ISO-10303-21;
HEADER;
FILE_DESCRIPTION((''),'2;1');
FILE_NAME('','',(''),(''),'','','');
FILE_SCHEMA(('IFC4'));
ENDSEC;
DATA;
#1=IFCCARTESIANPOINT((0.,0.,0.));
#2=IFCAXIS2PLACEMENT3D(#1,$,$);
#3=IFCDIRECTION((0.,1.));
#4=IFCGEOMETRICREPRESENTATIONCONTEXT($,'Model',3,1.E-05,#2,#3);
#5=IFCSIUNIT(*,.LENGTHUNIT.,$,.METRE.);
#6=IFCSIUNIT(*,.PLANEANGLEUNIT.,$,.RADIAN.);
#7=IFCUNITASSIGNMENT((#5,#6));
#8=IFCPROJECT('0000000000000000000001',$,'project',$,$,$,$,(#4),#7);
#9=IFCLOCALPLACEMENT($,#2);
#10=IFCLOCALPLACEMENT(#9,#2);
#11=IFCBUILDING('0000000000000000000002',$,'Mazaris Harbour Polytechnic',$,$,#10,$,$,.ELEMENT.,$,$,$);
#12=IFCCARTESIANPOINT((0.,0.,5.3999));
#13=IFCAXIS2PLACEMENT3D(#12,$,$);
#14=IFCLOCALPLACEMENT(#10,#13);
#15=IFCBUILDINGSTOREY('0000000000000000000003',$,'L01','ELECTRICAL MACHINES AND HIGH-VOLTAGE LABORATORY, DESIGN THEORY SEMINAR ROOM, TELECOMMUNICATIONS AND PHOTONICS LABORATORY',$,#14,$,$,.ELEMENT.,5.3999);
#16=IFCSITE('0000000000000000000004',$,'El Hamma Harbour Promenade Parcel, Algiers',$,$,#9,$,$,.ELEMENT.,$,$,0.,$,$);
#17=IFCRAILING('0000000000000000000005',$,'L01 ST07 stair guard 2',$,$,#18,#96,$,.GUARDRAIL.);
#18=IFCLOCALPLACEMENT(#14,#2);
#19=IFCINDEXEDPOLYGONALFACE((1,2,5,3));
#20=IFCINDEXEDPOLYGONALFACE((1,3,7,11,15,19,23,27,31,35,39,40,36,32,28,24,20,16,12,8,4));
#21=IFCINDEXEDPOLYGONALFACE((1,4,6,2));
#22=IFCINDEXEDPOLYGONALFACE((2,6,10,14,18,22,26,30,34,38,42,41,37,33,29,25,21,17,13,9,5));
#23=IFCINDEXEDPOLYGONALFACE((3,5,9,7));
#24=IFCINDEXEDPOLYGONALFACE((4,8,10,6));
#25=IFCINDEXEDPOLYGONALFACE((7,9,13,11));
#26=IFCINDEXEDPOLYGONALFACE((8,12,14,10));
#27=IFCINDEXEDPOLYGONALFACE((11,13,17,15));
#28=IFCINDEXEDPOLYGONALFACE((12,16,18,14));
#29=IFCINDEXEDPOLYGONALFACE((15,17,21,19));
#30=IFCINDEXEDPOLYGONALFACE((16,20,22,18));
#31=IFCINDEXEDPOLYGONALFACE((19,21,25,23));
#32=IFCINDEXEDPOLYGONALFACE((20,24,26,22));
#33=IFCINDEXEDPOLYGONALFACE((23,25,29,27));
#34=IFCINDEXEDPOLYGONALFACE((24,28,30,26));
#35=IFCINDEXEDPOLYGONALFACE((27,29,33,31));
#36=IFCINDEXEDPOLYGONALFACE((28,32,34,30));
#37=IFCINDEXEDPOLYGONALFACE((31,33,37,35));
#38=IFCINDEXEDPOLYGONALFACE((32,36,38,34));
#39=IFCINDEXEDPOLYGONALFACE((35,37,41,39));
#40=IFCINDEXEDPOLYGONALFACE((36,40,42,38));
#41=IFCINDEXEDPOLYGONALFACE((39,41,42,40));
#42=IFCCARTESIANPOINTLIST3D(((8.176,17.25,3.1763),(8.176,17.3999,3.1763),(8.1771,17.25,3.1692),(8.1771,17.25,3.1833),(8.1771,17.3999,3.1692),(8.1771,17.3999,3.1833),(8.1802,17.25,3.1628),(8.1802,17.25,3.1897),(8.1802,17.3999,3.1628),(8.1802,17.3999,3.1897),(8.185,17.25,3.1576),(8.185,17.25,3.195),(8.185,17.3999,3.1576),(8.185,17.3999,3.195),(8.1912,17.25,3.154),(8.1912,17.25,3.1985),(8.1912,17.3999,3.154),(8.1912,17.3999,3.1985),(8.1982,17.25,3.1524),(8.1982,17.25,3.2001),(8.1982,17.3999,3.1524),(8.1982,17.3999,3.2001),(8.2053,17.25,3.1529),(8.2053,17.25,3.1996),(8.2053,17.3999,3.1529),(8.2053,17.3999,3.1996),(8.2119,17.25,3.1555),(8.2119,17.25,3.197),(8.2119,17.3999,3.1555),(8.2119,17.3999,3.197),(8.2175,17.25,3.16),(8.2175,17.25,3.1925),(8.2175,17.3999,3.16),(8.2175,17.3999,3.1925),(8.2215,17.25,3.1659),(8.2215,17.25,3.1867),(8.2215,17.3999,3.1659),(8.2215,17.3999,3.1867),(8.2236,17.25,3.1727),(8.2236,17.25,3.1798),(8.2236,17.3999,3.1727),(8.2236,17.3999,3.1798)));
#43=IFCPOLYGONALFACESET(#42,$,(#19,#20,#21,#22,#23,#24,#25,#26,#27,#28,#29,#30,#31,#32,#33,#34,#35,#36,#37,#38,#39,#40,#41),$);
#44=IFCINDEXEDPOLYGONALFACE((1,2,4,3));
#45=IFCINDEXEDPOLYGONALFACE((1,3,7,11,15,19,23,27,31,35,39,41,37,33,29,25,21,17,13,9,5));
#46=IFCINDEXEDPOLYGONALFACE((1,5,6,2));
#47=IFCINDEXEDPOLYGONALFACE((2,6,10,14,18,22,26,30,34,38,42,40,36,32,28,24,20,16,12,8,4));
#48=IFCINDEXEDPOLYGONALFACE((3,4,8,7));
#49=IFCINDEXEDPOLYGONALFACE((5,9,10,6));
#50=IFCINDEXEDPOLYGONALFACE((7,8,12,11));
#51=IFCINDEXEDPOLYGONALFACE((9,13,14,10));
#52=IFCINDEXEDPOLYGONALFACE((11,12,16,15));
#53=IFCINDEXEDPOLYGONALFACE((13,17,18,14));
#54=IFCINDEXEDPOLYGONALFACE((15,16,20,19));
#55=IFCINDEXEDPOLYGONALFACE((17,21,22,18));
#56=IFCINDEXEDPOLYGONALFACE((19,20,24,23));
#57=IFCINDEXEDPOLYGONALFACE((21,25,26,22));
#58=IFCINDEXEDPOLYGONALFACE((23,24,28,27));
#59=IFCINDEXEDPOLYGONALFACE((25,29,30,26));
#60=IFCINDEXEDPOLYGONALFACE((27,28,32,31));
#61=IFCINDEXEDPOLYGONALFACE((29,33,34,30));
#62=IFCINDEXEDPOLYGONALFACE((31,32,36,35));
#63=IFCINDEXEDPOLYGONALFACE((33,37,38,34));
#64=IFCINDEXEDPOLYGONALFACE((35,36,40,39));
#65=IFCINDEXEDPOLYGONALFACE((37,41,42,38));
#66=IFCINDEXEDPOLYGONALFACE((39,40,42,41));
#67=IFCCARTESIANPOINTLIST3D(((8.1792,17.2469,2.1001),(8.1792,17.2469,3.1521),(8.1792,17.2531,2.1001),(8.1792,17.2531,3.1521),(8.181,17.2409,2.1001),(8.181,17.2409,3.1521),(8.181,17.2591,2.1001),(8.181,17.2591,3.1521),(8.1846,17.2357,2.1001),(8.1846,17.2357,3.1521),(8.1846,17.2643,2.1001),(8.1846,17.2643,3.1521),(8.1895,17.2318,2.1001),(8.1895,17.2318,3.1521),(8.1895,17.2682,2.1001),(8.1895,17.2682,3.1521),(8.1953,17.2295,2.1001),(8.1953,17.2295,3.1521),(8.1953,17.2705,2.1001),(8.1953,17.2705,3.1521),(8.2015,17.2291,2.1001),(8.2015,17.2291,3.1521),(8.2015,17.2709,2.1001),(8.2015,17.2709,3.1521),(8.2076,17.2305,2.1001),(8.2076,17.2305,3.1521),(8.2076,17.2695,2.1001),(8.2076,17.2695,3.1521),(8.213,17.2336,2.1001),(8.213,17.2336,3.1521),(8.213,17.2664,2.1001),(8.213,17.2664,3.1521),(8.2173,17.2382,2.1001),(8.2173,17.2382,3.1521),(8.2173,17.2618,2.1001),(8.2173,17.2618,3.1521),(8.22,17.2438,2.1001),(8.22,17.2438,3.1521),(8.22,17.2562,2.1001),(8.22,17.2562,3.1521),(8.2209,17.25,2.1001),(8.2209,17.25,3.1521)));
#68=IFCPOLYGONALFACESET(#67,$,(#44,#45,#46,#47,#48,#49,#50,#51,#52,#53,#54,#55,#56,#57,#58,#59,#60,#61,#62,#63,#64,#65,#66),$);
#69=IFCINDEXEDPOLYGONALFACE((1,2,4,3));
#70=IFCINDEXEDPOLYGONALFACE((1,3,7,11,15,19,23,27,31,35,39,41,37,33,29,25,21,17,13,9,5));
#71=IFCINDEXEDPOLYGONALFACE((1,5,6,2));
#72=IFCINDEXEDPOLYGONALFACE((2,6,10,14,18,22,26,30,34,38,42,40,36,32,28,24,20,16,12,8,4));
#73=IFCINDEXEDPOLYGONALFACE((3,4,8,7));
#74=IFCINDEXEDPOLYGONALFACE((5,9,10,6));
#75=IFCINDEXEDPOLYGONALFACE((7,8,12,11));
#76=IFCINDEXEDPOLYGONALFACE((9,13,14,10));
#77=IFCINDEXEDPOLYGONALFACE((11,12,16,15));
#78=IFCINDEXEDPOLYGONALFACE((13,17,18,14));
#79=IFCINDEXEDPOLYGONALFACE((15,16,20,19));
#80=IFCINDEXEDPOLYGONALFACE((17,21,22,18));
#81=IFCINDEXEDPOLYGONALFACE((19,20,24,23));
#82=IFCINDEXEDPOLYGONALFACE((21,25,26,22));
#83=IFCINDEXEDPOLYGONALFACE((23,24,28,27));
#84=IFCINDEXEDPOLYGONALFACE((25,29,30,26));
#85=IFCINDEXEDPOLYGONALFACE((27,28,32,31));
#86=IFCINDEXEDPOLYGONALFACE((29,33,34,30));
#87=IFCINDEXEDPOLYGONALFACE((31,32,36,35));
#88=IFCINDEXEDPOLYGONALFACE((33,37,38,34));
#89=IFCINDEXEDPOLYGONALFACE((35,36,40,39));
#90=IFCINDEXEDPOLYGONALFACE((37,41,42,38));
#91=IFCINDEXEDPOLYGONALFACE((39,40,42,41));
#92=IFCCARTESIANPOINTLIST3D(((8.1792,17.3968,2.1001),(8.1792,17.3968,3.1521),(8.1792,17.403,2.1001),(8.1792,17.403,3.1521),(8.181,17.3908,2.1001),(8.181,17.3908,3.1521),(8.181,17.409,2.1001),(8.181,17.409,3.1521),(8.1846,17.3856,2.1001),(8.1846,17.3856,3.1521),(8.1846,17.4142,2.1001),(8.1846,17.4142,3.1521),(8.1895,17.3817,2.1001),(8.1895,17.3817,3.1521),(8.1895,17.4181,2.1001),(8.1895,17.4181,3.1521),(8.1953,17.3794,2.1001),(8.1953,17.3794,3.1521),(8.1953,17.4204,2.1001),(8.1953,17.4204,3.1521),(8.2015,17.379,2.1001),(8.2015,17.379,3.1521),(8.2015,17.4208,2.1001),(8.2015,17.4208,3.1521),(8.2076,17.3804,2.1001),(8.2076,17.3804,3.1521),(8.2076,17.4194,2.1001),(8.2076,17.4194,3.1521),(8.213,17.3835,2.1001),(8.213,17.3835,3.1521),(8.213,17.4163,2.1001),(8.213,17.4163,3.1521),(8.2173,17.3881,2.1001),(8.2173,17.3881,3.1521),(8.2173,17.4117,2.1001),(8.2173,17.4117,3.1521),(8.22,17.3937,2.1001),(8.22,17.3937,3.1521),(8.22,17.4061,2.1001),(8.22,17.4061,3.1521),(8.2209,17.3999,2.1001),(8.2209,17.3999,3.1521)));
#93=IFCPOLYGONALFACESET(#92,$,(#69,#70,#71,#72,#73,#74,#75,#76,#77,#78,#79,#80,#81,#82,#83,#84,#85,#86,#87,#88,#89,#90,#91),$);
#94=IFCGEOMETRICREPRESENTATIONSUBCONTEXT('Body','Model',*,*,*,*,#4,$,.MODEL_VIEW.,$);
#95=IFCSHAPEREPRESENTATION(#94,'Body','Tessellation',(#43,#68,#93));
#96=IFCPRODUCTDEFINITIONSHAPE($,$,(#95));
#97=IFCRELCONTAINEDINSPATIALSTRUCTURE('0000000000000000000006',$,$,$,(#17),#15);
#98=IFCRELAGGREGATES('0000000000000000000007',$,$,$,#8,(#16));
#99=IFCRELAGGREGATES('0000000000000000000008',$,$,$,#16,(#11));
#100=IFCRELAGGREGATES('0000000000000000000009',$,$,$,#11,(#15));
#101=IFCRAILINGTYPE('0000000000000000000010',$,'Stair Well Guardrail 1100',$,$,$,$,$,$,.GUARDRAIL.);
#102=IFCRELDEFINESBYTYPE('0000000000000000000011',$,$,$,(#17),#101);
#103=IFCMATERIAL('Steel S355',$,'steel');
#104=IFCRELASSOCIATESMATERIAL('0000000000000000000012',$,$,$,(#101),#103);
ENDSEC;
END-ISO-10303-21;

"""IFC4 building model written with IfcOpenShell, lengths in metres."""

from ifc_helpers import new_model, si_unit, direction, frame, origin, origin_2d, place, context, subcontext, project, spatial, circle, extrude, material, type_object, element, save


model = new_model("IFC4")

# Units and contexts
model_context = context("Model", 3, precision=1e-05, world=origin(), true_north=direction((0.0, 1.0)))
body_context = subcontext(model_context, "Body", "Model", "MODEL_VIEW")
ifc_project = project(units=[si_unit("LENGTHUNIT", "METRE"), si_unit("PLANEANGLEUNIT", "RADIAN")], contexts=[model_context])

# Site, building, storey
site_placement = place(None, origin())
site = spatial("IfcSite", under=ifc_project, at=site_placement, Name="El Hamma Harbour Promenade Parcel, Algiers", CompositionType="ELEMENT", RefElevation=0.0)
building_placement = place(site_placement, origin())
building = spatial("IfcBuilding", under=site, at=building_placement, Name="Mazaris Harbour Polytechnic", CompositionType="ELEMENT")
storey_placement = place(building_placement, frame((0.0, 0.0, 5.3999)))
storey = spatial("IfcBuildingStorey", under=building, at=storey_placement, Name="L01", Description="ELECTRICAL MACHINES AND HIGH-VOLTAGE LABORATORY, DESIGN THEORY SEMINAR ROOM, TELECOMMUNICATIONS AND PHOTONICS LABORATORY", CompositionType="ELEMENT", Elevation=5.3999)

# Railing
ifc_material_1 = material(Name="Steel S355", Category="steel")
railing_type_1 = type_object("IfcRailingType", Name="Stair Well Guardrail 1100", PredefinedType="GUARDRAIL", material=ifc_material_1)
railing_1_placement = place(storey_placement, frame((8.2, 17.25, 2.1001)))
element("IfcRailing", 1, at=railing_1_placement, inside=storey, type_object=railing_type_1, Name="L01 ST07 stair guard 2", PredefinedType="GUARDRAIL", context=body_context, shape_type="SweptSolid", body=[
    extrude(circle(Radius=0.0239, at=origin_2d()), frame((0.0, 0.0, 1.0762), z_axis=(0.0, 1.0, 0.0), x_axis=(-1.0, 0.0, 0.0)), (0.0, 0.0, 1.0), 0.1499),
    extrude(circle(Radius=0.021, at=origin_2d()), origin(), (0.0, 0.0, 1.0), 1.052),
    extrude(circle(Radius=0.021, at=origin_2d()), frame((0.0, 0.1499, 0.0)), (0.0, 0.0, 1.0), 1.052),
])

save(model, "model.ifc")
